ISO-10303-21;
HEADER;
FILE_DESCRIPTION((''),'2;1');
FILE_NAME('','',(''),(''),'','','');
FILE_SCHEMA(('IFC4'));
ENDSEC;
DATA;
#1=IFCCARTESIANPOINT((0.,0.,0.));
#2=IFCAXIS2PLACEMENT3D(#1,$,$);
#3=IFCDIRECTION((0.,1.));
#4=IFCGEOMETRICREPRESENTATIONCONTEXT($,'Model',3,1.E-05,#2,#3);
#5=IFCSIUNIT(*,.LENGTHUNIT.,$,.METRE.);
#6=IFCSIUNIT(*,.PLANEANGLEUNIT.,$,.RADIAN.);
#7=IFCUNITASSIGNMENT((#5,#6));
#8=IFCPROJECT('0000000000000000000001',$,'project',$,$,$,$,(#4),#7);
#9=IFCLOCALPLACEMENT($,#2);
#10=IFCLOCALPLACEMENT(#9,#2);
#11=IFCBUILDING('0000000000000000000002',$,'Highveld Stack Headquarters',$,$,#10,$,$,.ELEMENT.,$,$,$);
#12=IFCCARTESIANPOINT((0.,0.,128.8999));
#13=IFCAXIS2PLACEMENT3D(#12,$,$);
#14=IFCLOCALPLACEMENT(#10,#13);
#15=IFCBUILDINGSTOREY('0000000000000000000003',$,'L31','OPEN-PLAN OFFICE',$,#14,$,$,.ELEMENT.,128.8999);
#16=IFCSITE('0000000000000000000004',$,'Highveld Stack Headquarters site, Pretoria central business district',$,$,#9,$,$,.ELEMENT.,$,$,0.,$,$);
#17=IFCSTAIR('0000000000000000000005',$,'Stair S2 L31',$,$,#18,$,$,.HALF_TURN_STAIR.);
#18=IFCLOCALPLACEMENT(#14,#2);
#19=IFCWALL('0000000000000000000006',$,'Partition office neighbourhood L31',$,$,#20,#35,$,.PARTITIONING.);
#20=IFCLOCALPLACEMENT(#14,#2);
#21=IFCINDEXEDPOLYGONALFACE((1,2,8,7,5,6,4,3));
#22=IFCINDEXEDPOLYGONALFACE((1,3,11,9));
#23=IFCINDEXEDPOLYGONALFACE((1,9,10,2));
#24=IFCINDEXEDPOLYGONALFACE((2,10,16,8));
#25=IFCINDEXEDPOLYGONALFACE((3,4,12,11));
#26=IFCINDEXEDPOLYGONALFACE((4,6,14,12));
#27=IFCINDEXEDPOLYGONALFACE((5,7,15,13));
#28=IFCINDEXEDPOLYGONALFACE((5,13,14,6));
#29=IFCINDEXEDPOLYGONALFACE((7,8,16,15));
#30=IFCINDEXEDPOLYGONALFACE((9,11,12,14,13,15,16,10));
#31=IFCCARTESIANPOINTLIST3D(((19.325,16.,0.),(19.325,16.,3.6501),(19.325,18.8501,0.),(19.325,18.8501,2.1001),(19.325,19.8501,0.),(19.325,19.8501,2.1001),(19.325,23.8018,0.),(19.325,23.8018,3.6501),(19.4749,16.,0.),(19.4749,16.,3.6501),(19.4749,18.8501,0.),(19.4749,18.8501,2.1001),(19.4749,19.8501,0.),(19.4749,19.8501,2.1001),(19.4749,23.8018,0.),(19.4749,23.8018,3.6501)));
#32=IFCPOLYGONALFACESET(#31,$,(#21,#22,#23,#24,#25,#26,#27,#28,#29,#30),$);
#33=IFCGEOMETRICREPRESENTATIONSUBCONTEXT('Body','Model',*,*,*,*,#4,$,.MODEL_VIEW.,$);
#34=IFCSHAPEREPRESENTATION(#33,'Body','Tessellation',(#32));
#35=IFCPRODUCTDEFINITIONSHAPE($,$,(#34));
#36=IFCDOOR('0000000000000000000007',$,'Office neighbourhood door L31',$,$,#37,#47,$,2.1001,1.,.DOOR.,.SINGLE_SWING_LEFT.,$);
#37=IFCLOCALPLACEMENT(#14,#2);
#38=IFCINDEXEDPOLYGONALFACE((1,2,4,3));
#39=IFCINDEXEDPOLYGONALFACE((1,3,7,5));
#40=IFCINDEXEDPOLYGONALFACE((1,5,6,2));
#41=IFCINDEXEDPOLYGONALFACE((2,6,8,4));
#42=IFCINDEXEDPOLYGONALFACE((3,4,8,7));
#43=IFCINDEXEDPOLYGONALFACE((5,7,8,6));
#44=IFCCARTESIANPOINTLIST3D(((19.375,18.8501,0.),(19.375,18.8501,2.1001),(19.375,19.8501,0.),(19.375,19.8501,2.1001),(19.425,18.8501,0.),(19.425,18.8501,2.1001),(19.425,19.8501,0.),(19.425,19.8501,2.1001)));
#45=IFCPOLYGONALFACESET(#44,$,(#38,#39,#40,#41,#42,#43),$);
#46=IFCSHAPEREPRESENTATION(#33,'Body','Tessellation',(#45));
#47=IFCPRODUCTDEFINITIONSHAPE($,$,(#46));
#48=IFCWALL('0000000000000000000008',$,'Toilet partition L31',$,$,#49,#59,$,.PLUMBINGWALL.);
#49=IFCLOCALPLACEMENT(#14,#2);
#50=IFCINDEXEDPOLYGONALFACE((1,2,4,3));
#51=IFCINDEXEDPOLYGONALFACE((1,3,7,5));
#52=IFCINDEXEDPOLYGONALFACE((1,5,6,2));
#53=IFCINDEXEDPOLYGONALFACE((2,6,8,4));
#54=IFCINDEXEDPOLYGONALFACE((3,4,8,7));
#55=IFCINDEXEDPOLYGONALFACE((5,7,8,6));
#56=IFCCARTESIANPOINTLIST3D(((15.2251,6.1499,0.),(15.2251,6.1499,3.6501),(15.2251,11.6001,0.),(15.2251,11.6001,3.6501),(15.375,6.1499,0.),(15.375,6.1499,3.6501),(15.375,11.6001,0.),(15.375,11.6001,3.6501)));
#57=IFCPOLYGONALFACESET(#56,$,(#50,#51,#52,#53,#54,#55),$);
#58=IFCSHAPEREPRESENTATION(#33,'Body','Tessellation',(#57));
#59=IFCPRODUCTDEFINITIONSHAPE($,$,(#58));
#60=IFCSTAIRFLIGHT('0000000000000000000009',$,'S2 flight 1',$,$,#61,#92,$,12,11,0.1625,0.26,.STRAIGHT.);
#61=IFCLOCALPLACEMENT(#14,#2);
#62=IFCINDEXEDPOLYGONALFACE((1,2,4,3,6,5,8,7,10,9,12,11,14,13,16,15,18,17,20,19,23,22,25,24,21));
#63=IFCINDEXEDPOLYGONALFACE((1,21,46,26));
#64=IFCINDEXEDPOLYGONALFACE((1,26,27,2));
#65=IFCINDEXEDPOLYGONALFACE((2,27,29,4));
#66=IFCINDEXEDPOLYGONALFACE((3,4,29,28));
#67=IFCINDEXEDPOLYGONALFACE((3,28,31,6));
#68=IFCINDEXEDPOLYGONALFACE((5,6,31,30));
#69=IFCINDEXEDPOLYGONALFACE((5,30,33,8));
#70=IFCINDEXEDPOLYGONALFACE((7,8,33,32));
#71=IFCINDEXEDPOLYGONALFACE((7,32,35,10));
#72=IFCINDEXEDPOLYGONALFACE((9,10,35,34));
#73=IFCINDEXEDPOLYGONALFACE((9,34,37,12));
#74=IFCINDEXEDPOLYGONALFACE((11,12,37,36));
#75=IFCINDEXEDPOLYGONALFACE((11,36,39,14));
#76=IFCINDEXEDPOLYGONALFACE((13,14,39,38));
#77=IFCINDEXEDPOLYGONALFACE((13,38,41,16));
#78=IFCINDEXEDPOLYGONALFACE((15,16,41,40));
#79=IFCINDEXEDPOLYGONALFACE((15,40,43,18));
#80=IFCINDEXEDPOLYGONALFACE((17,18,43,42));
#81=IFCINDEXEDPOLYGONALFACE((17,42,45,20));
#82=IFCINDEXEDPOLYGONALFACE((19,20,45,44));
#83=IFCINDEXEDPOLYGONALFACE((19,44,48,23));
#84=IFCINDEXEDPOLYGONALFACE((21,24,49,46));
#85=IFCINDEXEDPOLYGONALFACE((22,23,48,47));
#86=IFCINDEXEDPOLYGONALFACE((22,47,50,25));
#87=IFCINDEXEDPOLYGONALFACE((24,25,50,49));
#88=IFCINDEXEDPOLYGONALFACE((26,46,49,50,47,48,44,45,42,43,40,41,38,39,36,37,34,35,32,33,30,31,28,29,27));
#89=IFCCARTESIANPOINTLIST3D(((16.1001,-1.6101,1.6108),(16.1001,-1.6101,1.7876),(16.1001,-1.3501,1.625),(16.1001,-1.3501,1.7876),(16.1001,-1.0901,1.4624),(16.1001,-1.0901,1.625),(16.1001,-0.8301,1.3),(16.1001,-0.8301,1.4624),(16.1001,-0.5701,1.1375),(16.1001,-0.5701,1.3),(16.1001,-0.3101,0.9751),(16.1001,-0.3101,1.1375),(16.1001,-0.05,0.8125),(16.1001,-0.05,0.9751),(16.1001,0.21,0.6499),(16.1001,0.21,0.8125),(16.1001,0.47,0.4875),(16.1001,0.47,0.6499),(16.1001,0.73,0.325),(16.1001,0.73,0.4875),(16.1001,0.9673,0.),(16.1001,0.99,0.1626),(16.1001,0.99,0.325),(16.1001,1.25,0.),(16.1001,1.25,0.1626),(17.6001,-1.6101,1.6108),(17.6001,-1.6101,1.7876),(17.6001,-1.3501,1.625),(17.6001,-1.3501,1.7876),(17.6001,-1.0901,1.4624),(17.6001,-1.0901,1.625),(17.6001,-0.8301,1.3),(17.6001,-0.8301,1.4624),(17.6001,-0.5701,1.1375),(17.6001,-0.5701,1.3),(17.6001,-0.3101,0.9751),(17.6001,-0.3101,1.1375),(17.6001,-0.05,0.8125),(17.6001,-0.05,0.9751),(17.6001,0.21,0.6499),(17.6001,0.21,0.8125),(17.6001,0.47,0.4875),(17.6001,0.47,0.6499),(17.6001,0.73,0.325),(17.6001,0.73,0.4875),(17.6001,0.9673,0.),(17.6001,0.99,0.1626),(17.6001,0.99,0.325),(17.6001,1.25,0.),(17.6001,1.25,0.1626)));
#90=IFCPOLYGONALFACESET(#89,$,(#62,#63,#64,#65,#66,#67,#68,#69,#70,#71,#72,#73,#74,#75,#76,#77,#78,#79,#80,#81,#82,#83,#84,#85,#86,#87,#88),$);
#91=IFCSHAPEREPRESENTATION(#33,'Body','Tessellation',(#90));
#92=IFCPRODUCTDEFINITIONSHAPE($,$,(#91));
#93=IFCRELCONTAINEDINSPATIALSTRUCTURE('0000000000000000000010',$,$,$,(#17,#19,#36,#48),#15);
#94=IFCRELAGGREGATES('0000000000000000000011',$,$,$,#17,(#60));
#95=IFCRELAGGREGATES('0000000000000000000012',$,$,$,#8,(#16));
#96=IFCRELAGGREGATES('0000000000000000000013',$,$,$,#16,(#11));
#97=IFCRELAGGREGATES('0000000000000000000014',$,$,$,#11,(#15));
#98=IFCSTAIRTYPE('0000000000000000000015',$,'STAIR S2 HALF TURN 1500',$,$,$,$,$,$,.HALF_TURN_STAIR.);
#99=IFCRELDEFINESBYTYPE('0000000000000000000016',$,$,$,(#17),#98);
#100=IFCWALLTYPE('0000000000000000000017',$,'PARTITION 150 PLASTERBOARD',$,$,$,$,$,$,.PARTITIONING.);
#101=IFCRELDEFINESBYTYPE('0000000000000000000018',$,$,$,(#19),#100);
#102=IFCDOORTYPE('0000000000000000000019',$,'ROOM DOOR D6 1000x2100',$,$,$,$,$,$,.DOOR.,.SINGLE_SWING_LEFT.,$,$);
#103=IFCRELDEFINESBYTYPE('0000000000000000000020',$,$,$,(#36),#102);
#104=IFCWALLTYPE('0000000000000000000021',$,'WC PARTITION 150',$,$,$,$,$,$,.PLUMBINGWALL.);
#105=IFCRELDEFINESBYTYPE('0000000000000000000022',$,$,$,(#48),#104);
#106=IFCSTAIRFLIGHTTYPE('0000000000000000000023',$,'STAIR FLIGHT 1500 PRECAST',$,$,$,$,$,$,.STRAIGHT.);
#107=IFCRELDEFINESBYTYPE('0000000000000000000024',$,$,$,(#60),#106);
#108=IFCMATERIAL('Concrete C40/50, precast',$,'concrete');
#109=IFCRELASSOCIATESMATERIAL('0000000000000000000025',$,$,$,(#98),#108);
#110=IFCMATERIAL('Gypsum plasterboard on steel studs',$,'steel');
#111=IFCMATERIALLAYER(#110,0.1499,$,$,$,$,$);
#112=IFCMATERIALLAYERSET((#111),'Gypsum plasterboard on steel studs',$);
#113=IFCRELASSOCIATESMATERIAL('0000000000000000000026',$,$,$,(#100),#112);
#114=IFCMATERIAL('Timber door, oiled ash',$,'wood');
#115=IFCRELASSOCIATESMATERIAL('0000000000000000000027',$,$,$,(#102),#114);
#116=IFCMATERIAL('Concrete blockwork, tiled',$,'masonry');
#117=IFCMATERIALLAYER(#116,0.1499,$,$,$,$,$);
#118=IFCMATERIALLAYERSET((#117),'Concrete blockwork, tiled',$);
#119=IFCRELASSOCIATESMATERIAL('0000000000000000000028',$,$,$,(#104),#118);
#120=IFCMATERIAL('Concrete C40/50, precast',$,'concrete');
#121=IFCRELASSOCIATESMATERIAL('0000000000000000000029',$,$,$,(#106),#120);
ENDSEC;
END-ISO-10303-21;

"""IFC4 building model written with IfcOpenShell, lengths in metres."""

from ifc_helpers import new_model, si_unit, direction, frame, frame_2d, origin, place, context, subcontext, project, spatial, polyline, rectangle, outline, extrude, material, layer, layer_set, type_object, element, fill, aggregate, save


model = new_model("IFC4")

# Units and contexts
model_context = context("Model", 3, precision=1e-05, world=origin(), true_north=direction((0.0, 1.0)))
body_context = subcontext(model_context, "Body", "Model", "MODEL_VIEW")
ifc_project = project(units=[si_unit("LENGTHUNIT", "METRE"), si_unit("PLANEANGLEUNIT", "RADIAN")], contexts=[model_context])

# Site, building, storey
site_placement = place(None, origin())
site = spatial("IfcSite", under=ifc_project, at=site_placement, Name="Highveld Stack Headquarters site, Pretoria central business district", CompositionType="ELEMENT", RefElevation=0.0)
building_placement = place(site_placement, origin())
building = spatial("IfcBuilding", under=site, at=building_placement, Name="Highveld Stack Headquarters", CompositionType="ELEMENT")
storey_placement = place(building_placement, frame((0.0, 0.0, 128.8999)))
storey = spatial("IfcBuildingStorey", under=building, at=storey_placement, Name="L31", Description="OPEN-PLAN OFFICE", CompositionType="ELEMENT", Elevation=128.8999)

# Stair
ifc_material_1 = material(Name="Concrete C40/50, precast", Category="concrete")
stair_type_1 = type_object("IfcStairType", Name="STAIR S2 HALF TURN 1500", PredefinedType="HALF_TURN_STAIR", material=ifc_material_1)
stair_1_placement = place(storey_placement, origin())
stair_1 = element("IfcStair", 1, at=stair_1_placement, inside=storey, type_object=stair_type_1, Name="Stair S2 L31", PredefinedType="HALF_TURN_STAIR")

# Wall, opening, door
ifc_material_2 = material(Name="Gypsum plasterboard on steel studs", Category="steel")
ifc_layer_1 = layer(ifc_material_2, 0.1499)
ifc_layer_set_1 = layer_set([ifc_layer_1], Name="Gypsum plasterboard on steel studs")
wall_type_1 = type_object("IfcWallType", Name="PARTITION 150 PLASTERBOARD", PredefinedType="PARTITIONING", material=ifc_layer_set_1)
wall_1_placement = place(storey_placement, frame((19.3999, 16.0, 0.0), z_axis=(0.0, 0.0, 1.0), x_axis=(0.0, 1.0, 0.0)))
wall_1 = element("IfcWall", 2, at=wall_1_placement, inside=storey, type_object=wall_type_1, Name="Partition office neighbourhood L31", PredefinedType="PARTITIONING", context=body_context, shape_type="SweptSolid", body=[
    extrude(rectangle(XDim=7.8018, YDim=0.1499, at=frame_2d((3.9009, 0.0))), origin(), (0.0, 0.0, 1.0), 3.6501),
])
opening_1_placement = place(wall_1_placement, frame((2.8501, 0.0, 0.0)))
opening_1 = element("IfcOpeningElement", 3, at=opening_1_placement, cuts=wall_1, PredefinedType="OPENING", context=body_context, shape_type="SweptSolid", body=[
    extrude(rectangle(XDim=1.0, YDim=2.1001, at=frame_2d((0.5, 1.05))), frame((0.0, 0.085, 0.0), z_axis=(0.0, -1.0, 0.0), x_axis=(1.0, 0.0, 0.0)), (0.0, 0.0, 1.0), 0.1699),
])
ifc_material_3 = material(Name="Timber door, oiled ash", Category="wood")
door_type_1 = type_object("IfcDoorType", Name="ROOM DOOR D6 1000x2100", OperationType="SINGLE_SWING_LEFT", PredefinedType="DOOR", material=ifc_material_3)
door_1_placement = place(opening_1_placement, origin())
door_1 = element("IfcDoor", 4, at=door_1_placement, inside=storey, type_object=door_type_1, Name="Office neighbourhood door L31", OperationType="SINGLE_SWING_LEFT", OverallHeight=2.1001, OverallWidth=1.0, PredefinedType="DOOR", context=body_context, shape_type="SweptSolid", body=[
    extrude(rectangle(XDim=1.0, YDim=2.1001, at=frame_2d((0.5, 1.05))), frame((0.0, 0.0249, 0.0), z_axis=(0.0, -1.0, 0.0), x_axis=(1.0, 0.0, 0.0)), (0.0, 0.0, 1.0), 0.05),
])
fill(opening_1, door_1)

# Wall
ifc_material_4 = material(Name="Concrete blockwork, tiled", Category="masonry")
ifc_layer_2 = layer(ifc_material_4, 0.1499)
ifc_layer_set_2 = layer_set([ifc_layer_2], Name="Concrete blockwork, tiled")
wall_type_2 = type_object("IfcWallType", Name="WC PARTITION 150", PredefinedType="PLUMBINGWALL", material=ifc_layer_set_2)
wall_2_placement = place(storey_placement, frame((15.3, 6.1499, 0.0), z_axis=(0.0, 0.0, 1.0), x_axis=(0.0, 1.0, 0.0)))
element("IfcWall", 5, at=wall_2_placement, inside=storey, type_object=wall_type_2, Name="Toilet partition L31", PredefinedType="PLUMBINGWALL", context=body_context, shape_type="SweptSolid", body=[
    extrude(rectangle(XDim=5.4502, YDim=0.1499, at=frame_2d((2.7251, 0.0))), origin(), (0.0, 0.0, 1.0), 3.6501),
])

# Stair flight
ifc_material_5 = material(Name="Concrete C40/50, precast", Category="concrete")
stair_flight_type = type_object("IfcStairFlightType", Name="STAIR FLIGHT 1500 PRECAST", PredefinedType="STRAIGHT", material=ifc_material_5)
stair_flight_placement = place(storey_placement, frame((16.8501, 1.25, 0.0), z_axis=(0.0, 0.0, 1.0), x_axis=(0.0, -1.0, 0.0)))
stair_flight = element("IfcStairFlight", 6, at=stair_flight_placement, type_object=stair_flight_type, Name="S2 flight 1", NumberOfRisers=12, NumberOfTreads=11, PredefinedType="STRAIGHT", RiserHeight=0.1625, TreadLength=0.26, context=body_context, shape_type="SweptSolid", body=[
    extrude(outline(polyline([(0.0, 0.0), (0.0, 0.1626), (0.26, 0.1626), (0.26, 0.325), (0.52, 0.325), (0.52, 0.4875), (0.78, 0.4875), (0.78, 0.6499), (1.04, 0.6499), (1.04, 0.8125), (1.3, 0.8125), (1.3, 0.9751), (1.5601, 0.9751), (1.5601, 1.1375), (1.8201, 1.1375), (1.8201, 1.3), (2.0801, 1.3), (2.0801, 1.4624), (2.3401, 1.4624), (2.3401, 1.625), (2.6001, 1.625), (2.6001, 1.7876), (2.8601, 1.7876), (2.8601, 1.95), (2.8601, 1.6108), (0.2827, 0.0), (0.0, 0.0)])), frame((0.0, 0.75, 0.0), z_axis=(0.0, -1.0, 0.0), x_axis=(1.0, 0.0, 0.0)), (0.0, 0.0, 1.0), 1.5),
])
aggregate(stair_1, [stair_flight])

save(model, "model.ifc")
